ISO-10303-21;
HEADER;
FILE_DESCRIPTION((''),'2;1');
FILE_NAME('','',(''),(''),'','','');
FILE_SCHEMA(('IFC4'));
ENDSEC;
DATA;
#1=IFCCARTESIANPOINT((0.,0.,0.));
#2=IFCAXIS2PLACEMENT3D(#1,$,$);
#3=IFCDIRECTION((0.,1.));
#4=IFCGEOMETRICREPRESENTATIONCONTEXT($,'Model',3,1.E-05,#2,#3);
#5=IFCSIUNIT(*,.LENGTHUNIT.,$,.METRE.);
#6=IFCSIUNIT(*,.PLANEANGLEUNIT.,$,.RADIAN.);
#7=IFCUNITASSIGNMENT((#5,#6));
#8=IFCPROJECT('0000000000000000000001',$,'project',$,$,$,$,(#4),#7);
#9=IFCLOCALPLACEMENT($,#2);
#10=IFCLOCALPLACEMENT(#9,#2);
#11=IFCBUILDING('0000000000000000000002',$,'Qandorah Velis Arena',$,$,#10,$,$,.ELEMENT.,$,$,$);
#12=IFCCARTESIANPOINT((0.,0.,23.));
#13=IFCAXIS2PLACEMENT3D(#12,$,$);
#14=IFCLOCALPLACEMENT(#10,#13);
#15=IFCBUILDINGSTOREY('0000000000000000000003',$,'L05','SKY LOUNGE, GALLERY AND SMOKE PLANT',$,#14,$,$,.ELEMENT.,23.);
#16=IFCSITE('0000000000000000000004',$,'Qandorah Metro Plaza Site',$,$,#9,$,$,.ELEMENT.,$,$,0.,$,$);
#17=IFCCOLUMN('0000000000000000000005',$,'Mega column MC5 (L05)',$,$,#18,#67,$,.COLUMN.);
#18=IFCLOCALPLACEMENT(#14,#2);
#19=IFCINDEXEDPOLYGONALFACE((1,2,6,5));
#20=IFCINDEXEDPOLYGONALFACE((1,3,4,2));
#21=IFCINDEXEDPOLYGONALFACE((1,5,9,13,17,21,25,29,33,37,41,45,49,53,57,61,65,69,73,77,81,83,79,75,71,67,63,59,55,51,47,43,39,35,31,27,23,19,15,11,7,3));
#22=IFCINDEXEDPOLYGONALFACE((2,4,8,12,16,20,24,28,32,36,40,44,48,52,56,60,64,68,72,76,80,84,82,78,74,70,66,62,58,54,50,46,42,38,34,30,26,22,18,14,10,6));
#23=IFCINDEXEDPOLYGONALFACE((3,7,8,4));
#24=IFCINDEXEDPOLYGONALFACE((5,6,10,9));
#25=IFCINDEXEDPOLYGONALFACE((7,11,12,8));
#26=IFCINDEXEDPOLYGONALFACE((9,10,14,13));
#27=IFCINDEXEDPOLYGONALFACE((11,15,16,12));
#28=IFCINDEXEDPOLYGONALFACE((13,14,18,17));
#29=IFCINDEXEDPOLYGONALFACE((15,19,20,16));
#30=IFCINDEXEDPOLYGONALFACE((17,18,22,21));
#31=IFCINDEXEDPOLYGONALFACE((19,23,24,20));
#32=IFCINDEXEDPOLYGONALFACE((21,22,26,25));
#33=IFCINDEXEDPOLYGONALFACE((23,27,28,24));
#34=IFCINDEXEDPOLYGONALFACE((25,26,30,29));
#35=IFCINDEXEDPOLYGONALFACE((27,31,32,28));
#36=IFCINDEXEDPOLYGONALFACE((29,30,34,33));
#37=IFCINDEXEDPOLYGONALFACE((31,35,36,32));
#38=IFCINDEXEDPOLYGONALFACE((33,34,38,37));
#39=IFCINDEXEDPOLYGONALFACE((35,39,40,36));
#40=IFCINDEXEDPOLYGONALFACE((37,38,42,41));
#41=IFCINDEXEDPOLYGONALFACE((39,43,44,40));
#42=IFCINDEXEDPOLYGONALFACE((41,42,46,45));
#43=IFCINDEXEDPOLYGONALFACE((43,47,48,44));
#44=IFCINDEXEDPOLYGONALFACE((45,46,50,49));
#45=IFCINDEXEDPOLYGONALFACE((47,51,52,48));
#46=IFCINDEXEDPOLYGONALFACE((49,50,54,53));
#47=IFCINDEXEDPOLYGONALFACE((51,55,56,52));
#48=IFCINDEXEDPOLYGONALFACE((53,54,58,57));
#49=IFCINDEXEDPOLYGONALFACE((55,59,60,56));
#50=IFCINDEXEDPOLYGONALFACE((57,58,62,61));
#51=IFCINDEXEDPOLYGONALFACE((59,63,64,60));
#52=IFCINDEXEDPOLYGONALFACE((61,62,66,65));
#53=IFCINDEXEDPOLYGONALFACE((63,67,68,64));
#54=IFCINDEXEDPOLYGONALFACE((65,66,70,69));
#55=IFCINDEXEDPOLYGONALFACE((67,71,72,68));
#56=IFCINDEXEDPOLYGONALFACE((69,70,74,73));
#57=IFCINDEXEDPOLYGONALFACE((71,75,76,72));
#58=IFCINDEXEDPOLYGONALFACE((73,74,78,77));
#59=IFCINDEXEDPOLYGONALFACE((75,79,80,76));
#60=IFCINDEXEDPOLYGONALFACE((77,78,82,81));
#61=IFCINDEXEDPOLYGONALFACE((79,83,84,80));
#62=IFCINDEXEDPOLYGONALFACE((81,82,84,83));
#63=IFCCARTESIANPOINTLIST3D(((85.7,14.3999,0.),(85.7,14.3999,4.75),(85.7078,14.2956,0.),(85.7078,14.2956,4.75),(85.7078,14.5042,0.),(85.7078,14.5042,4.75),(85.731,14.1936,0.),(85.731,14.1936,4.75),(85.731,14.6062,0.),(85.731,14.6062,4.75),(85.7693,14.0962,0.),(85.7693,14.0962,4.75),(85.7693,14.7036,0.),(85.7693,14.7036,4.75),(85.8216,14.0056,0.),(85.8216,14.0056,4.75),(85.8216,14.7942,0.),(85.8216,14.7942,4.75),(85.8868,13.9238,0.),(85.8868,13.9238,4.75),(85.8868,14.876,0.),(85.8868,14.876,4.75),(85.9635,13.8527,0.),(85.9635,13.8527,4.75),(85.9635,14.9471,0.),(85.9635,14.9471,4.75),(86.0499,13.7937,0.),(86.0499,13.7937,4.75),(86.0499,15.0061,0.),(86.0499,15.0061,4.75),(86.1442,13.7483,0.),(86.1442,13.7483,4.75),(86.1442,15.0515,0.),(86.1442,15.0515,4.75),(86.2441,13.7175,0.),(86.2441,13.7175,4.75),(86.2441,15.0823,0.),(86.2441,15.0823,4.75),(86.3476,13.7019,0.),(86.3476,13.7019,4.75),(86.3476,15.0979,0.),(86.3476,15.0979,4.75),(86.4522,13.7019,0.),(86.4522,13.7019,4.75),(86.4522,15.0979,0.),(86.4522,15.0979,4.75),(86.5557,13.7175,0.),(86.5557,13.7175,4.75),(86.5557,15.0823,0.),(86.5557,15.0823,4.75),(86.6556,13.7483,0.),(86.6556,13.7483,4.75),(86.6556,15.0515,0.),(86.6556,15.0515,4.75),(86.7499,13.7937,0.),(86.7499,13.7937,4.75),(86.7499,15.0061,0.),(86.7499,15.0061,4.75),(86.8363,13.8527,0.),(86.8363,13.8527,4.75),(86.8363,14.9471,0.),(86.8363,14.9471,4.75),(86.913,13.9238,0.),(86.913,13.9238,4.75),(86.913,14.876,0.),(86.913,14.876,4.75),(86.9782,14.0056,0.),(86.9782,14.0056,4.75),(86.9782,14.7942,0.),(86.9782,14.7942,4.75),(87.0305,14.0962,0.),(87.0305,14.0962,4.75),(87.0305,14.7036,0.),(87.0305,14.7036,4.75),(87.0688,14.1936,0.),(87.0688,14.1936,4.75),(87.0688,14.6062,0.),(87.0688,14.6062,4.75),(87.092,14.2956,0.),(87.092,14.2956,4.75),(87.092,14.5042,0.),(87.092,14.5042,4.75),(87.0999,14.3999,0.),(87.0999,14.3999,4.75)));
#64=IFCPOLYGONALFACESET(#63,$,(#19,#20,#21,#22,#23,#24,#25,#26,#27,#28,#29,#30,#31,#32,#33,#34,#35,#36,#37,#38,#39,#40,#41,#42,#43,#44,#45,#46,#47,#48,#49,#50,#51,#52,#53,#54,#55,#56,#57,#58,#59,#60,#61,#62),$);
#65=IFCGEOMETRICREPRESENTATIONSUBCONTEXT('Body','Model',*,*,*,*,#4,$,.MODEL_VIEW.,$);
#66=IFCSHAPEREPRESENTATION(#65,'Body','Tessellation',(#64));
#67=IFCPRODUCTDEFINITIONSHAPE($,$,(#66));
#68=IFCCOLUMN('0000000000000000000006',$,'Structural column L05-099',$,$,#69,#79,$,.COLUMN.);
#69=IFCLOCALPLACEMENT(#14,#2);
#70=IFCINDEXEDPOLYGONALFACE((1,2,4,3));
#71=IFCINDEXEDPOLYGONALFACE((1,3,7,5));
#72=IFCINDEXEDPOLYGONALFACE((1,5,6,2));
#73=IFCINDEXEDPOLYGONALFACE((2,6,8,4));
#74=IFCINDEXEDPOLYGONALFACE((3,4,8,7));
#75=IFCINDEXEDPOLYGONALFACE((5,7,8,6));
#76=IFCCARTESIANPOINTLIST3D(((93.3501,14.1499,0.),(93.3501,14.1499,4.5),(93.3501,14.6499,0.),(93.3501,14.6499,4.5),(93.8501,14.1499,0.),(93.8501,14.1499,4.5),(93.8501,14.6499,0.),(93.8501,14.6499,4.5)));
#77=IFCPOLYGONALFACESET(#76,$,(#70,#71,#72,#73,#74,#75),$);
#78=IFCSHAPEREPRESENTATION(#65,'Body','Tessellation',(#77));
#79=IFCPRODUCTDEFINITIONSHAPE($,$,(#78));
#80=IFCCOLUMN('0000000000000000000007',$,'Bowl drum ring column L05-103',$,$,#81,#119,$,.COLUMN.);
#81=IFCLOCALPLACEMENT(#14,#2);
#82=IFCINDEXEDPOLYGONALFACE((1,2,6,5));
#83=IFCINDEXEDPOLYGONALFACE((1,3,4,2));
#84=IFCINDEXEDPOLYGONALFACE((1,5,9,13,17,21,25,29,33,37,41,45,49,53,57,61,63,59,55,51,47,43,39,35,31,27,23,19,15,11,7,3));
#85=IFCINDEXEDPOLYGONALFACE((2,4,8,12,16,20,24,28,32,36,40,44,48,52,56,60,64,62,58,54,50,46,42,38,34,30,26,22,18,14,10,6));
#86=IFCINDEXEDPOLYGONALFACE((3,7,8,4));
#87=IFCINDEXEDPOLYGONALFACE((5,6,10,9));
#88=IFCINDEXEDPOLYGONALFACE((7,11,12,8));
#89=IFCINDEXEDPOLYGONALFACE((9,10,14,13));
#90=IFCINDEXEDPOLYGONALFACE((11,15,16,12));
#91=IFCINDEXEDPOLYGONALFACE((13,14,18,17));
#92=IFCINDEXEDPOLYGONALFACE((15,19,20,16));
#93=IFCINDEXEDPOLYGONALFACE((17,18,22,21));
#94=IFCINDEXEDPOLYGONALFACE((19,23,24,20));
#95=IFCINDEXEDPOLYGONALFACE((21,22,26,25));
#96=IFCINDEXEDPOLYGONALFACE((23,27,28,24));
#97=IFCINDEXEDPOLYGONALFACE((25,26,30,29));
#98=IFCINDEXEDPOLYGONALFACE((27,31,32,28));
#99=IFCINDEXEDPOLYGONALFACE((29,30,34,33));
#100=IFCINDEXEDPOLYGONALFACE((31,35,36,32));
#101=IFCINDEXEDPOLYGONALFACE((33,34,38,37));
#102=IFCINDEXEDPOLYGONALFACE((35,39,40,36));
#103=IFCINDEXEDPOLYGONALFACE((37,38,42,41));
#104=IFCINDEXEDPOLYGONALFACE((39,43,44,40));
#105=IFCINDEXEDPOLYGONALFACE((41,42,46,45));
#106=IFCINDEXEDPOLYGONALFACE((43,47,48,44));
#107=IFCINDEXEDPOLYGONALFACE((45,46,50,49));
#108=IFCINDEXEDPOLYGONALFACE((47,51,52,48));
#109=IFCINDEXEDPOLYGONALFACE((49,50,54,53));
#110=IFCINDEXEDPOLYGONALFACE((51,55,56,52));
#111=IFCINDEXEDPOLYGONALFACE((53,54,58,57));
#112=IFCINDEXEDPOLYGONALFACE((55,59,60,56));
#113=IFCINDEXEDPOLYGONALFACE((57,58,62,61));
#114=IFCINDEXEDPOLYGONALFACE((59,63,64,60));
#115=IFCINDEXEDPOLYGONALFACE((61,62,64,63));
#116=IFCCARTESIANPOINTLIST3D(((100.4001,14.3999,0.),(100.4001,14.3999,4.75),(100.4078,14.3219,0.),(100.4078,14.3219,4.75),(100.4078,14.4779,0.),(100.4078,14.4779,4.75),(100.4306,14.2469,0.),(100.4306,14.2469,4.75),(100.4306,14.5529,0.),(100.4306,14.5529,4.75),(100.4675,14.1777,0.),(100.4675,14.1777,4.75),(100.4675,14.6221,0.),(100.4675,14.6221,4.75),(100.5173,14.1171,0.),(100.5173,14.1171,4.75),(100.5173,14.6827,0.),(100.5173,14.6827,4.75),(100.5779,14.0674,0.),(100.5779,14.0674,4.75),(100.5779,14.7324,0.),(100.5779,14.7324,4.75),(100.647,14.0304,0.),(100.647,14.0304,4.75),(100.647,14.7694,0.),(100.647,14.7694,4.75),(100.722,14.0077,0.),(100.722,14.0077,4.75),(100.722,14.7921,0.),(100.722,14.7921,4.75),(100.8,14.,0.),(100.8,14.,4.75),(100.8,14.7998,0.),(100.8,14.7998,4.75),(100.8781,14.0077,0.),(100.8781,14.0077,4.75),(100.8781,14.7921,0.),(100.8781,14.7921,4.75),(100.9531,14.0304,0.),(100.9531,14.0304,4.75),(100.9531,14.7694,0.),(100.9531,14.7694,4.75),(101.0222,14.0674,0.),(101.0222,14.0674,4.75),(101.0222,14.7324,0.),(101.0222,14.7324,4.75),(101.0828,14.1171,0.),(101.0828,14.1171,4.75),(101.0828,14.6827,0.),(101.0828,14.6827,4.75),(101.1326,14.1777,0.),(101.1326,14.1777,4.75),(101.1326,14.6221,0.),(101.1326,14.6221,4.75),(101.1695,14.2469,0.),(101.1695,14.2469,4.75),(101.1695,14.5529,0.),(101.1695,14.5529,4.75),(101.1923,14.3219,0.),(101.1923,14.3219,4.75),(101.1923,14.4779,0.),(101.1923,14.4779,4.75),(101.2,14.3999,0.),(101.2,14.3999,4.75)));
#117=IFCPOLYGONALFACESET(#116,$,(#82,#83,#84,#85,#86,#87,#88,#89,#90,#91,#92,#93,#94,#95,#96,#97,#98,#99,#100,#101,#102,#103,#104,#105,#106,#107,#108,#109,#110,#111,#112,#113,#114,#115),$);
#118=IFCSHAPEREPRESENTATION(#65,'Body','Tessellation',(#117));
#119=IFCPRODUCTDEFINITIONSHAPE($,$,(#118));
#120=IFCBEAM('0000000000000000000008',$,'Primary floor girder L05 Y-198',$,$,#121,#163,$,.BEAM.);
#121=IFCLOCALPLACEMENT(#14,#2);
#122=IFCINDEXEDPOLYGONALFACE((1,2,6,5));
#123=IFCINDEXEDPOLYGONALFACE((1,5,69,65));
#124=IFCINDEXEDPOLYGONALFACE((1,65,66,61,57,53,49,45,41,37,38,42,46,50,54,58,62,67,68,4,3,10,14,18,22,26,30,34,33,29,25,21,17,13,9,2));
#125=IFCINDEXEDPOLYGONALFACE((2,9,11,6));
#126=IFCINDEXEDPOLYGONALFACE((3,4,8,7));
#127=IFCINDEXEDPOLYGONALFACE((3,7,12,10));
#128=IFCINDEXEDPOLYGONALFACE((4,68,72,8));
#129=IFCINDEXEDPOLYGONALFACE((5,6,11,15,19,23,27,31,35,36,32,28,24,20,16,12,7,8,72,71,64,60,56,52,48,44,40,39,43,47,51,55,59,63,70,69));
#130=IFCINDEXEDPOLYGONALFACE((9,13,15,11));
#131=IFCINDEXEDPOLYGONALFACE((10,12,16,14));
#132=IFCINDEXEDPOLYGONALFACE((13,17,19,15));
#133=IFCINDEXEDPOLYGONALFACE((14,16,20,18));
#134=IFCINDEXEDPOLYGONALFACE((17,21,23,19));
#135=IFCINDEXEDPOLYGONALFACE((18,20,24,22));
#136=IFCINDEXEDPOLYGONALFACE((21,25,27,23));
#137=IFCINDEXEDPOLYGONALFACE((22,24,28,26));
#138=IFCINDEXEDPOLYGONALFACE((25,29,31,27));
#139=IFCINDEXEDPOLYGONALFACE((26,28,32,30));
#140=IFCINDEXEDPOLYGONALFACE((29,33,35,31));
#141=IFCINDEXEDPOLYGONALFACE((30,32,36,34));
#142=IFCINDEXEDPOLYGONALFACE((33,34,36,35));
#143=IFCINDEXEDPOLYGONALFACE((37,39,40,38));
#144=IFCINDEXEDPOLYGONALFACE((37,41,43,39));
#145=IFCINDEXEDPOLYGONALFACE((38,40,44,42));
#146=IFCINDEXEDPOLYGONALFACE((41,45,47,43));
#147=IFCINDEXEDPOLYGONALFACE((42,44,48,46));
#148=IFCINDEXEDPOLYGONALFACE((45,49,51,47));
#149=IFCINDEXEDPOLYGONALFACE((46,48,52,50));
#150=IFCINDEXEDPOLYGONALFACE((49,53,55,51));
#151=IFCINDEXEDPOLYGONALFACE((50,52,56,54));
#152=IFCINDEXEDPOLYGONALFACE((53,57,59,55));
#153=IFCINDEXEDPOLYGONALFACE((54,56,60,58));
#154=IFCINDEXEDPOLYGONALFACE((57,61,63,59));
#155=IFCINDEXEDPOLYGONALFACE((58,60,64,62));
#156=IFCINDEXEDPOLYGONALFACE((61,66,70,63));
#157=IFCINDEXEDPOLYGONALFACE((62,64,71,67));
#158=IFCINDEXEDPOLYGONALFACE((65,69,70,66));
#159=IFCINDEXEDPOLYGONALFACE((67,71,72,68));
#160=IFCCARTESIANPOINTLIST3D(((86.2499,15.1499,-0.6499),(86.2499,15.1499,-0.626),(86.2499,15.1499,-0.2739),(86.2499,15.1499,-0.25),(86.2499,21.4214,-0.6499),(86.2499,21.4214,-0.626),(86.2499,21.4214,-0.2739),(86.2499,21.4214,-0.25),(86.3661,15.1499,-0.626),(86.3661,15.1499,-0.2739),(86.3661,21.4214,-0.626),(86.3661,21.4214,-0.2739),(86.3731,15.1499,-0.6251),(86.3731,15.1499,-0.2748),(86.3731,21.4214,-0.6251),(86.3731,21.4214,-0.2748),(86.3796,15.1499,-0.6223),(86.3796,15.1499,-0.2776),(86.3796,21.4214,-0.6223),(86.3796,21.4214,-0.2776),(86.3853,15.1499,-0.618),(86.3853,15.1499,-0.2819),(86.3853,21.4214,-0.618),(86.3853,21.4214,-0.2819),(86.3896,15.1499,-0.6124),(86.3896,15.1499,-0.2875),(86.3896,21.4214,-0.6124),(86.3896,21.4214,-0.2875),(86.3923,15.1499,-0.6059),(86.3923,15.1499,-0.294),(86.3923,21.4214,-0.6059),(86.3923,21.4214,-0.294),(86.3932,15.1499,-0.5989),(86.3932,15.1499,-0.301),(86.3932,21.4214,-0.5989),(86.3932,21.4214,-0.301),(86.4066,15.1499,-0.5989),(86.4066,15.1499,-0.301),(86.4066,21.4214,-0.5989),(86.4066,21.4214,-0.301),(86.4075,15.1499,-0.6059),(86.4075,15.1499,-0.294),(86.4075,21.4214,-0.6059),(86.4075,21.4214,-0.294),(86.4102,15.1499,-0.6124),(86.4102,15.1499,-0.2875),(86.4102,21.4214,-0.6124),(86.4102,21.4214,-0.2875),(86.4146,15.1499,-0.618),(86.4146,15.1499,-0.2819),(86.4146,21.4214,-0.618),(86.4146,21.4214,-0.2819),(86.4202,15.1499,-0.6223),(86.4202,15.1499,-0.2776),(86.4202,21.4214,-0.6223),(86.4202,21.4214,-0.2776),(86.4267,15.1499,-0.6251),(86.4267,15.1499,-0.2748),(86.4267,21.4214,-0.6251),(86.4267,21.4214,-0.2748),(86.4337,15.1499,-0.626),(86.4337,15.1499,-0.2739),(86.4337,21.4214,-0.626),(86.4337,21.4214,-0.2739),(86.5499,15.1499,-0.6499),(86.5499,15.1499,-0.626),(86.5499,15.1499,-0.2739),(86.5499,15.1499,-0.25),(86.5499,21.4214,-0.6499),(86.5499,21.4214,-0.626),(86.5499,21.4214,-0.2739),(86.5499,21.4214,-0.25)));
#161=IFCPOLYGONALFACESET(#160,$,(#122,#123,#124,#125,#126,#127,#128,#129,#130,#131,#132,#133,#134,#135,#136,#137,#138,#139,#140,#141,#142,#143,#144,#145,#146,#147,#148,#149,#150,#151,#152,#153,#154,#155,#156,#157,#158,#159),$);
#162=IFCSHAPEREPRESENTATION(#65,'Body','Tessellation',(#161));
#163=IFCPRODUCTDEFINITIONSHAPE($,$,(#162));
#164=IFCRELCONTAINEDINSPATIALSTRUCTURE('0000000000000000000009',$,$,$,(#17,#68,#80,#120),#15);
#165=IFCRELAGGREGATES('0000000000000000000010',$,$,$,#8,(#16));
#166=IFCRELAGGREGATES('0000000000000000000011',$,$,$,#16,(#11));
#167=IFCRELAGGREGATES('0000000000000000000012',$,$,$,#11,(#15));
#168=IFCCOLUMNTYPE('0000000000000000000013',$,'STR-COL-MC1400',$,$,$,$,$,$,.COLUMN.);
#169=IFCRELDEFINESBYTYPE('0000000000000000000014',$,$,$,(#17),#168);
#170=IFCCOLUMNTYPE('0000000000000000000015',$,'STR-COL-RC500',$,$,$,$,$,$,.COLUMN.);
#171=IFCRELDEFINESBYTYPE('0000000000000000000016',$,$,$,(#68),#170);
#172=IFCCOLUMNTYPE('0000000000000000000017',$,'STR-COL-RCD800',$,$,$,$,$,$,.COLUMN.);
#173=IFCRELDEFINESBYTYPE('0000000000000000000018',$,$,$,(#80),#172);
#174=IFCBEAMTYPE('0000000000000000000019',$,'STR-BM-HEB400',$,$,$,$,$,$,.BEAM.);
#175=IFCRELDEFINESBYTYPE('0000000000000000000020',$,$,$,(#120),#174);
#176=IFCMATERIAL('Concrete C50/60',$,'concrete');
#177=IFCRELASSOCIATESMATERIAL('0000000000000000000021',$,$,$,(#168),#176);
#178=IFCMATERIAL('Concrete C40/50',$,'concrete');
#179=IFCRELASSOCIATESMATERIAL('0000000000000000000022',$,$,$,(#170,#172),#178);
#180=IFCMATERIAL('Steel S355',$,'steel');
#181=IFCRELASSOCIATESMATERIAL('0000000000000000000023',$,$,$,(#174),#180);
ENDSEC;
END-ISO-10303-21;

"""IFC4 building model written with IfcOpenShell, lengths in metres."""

from ifc_helpers import new_model, si_unit, direction, frame, origin, origin_2d, place, context, subcontext, project, spatial, rectangle, circle, i_section, extrude, material, material_profile, profile_set, type_object, element, save


model = new_model("IFC4")

# Units and contexts
model_context = context("Model", 3, precision=1e-05, world=origin(), true_north=direction((0.0, 1.0)))
body_context = subcontext(model_context, "Body", "Model", "MODEL_VIEW")
ifc_project = project(units=[si_unit("LENGTHUNIT", "METRE"), si_unit("PLANEANGLEUNIT", "RADIAN")], contexts=[model_context])

# Site, building, storey
site_placement = place(None, origin())
site = spatial("IfcSite", under=ifc_project, at=site_placement, Name="Qandorah Metro Plaza Site", CompositionType="ELEMENT", RefElevation=0.0)
building_placement = place(site_placement, origin())
building = spatial("IfcBuilding", under=site, at=building_placement, Name="Qandorah Velis Arena", CompositionType="ELEMENT")
storey_placement = place(building_placement, frame((0.0, 0.0, 23.0)))
storey = spatial("IfcBuildingStorey", under=building, at=storey_placement, Name="L05", Description="SKY LOUNGE, GALLERY AND SMOKE PLANT", CompositionType="ELEMENT", Elevation=23.0)

# Columns
ifc_material_1 = material(Name="Concrete C50/60", Category="concrete")
ifc_material_profile_1 = material_profile(ifc_material_1, circle(Radius=0.7, at=origin_2d()), Name="MC D1400")
ifc_profile_set_1 = profile_set([ifc_material_profile_1], Name="Concrete C50/60")
column_type_1 = type_object("IfcColumnType", Name="STR-COL-MC1400", PredefinedType="COLUMN", material=ifc_profile_set_1)
column_1_placement = place(storey_placement, frame((86.3999, 14.3999, 0.0), z_axis=(0.0, 0.0, 1.0), x_axis=(1.0, 0.0, 0.0)))
element("IfcColumn", 1, at=column_1_placement, inside=storey, type_object=column_type_1, Name="Mega column MC5 (L05)", PredefinedType="COLUMN", context=body_context, shape_type="SweptSolid", body=[
    extrude(circle(Radius=0.7, at=origin_2d()), origin(), (0.0, 0.0, 1.0), 4.75),
])
ifc_material_2 = material(Name="Concrete C40/50", Category="concrete")
ifc_material_profile_2 = material_profile(ifc_material_2, rectangle(XDim=0.5, YDim=0.5, at=origin_2d()), Name="RC COL 500x500")
ifc_profile_set_2 = profile_set([ifc_material_profile_2], Name="Concrete C40/50")
column_type_2 = type_object("IfcColumnType", Name="STR-COL-RC500", PredefinedType="COLUMN", material=ifc_profile_set_2)
column_2_placement = place(storey_placement, frame((93.6001, 14.3999, 0.0), z_axis=(0.0, 0.0, 1.0), x_axis=(1.0, 0.0, 0.0)))
element("IfcColumn", 2, at=column_2_placement, inside=storey, type_object=column_type_2, Name="Structural column L05-099", PredefinedType="COLUMN", context=body_context, shape_type="SweptSolid", body=[
    extrude(rectangle(XDim=0.5, YDim=0.5, at=origin_2d()), origin(), (0.0, 0.0, 1.0), 4.5),
])
ifc_material_profile_3 = material_profile(ifc_material_2, circle(Radius=0.3999, at=origin_2d()), Name="RC D800")
ifc_profile_set_3 = profile_set([ifc_material_profile_3], Name="Concrete C40/50")
column_type_3 = type_object("IfcColumnType", Name="STR-COL-RCD800", PredefinedType="COLUMN", material=ifc_profile_set_3)
column_3_placement = place(storey_placement, frame((100.8, 14.3999, 0.0), z_axis=(0.0, 0.0, 1.0), x_axis=(1.0, 0.0, 0.0)))
element("IfcColumn", 3, at=column_3_placement, inside=storey, type_object=column_type_3, Name="Bowl drum ring column L05-103", PredefinedType="COLUMN", context=body_context, shape_type="SweptSolid", body=[
    extrude(circle(Radius=0.3999, at=origin_2d()), origin(), (0.0, 0.0, 1.0), 4.75),
])

# Beam
ifc_material_3 = material(Name="Steel S355", Category="steel")
ifc_material_profile_4 = material_profile(ifc_material_3, i_section(OverallWidth=0.3, OverallDepth=0.3999, WebThickness=0.0134, FlangeThickness=0.0239, FilletRadius=0.0271, at=origin_2d()), Name="HEB 400")
ifc_profile_set_4 = profile_set([ifc_material_profile_4], Name="Steel S355")
beam_type_1 = type_object("IfcBeamType", Name="STR-BM-HEB400", PredefinedType="BEAM", material=ifc_profile_set_4)
beam_1_placement = place(storey_placement, frame((86.3999, 15.1499, -0.45), z_axis=(0.0, 1.0, 0.0), x_axis=(-1.0, 0.0, 0.0)))
element("IfcBeam", 4, at=beam_1_placement, inside=storey, type_object=beam_type_1, Name="Primary floor girder L05 Y-198", PredefinedType="BEAM", context=body_context, shape_type="SweptSolid", body=[
    extrude(i_section(OverallWidth=0.3, OverallDepth=0.3999, WebThickness=0.0134, FlangeThickness=0.0239, FilletRadius=0.0271, at=origin_2d()), origin(), (0.0, 0.0, 1.0), 6.2715),
])

save(model, "model.ifc")
